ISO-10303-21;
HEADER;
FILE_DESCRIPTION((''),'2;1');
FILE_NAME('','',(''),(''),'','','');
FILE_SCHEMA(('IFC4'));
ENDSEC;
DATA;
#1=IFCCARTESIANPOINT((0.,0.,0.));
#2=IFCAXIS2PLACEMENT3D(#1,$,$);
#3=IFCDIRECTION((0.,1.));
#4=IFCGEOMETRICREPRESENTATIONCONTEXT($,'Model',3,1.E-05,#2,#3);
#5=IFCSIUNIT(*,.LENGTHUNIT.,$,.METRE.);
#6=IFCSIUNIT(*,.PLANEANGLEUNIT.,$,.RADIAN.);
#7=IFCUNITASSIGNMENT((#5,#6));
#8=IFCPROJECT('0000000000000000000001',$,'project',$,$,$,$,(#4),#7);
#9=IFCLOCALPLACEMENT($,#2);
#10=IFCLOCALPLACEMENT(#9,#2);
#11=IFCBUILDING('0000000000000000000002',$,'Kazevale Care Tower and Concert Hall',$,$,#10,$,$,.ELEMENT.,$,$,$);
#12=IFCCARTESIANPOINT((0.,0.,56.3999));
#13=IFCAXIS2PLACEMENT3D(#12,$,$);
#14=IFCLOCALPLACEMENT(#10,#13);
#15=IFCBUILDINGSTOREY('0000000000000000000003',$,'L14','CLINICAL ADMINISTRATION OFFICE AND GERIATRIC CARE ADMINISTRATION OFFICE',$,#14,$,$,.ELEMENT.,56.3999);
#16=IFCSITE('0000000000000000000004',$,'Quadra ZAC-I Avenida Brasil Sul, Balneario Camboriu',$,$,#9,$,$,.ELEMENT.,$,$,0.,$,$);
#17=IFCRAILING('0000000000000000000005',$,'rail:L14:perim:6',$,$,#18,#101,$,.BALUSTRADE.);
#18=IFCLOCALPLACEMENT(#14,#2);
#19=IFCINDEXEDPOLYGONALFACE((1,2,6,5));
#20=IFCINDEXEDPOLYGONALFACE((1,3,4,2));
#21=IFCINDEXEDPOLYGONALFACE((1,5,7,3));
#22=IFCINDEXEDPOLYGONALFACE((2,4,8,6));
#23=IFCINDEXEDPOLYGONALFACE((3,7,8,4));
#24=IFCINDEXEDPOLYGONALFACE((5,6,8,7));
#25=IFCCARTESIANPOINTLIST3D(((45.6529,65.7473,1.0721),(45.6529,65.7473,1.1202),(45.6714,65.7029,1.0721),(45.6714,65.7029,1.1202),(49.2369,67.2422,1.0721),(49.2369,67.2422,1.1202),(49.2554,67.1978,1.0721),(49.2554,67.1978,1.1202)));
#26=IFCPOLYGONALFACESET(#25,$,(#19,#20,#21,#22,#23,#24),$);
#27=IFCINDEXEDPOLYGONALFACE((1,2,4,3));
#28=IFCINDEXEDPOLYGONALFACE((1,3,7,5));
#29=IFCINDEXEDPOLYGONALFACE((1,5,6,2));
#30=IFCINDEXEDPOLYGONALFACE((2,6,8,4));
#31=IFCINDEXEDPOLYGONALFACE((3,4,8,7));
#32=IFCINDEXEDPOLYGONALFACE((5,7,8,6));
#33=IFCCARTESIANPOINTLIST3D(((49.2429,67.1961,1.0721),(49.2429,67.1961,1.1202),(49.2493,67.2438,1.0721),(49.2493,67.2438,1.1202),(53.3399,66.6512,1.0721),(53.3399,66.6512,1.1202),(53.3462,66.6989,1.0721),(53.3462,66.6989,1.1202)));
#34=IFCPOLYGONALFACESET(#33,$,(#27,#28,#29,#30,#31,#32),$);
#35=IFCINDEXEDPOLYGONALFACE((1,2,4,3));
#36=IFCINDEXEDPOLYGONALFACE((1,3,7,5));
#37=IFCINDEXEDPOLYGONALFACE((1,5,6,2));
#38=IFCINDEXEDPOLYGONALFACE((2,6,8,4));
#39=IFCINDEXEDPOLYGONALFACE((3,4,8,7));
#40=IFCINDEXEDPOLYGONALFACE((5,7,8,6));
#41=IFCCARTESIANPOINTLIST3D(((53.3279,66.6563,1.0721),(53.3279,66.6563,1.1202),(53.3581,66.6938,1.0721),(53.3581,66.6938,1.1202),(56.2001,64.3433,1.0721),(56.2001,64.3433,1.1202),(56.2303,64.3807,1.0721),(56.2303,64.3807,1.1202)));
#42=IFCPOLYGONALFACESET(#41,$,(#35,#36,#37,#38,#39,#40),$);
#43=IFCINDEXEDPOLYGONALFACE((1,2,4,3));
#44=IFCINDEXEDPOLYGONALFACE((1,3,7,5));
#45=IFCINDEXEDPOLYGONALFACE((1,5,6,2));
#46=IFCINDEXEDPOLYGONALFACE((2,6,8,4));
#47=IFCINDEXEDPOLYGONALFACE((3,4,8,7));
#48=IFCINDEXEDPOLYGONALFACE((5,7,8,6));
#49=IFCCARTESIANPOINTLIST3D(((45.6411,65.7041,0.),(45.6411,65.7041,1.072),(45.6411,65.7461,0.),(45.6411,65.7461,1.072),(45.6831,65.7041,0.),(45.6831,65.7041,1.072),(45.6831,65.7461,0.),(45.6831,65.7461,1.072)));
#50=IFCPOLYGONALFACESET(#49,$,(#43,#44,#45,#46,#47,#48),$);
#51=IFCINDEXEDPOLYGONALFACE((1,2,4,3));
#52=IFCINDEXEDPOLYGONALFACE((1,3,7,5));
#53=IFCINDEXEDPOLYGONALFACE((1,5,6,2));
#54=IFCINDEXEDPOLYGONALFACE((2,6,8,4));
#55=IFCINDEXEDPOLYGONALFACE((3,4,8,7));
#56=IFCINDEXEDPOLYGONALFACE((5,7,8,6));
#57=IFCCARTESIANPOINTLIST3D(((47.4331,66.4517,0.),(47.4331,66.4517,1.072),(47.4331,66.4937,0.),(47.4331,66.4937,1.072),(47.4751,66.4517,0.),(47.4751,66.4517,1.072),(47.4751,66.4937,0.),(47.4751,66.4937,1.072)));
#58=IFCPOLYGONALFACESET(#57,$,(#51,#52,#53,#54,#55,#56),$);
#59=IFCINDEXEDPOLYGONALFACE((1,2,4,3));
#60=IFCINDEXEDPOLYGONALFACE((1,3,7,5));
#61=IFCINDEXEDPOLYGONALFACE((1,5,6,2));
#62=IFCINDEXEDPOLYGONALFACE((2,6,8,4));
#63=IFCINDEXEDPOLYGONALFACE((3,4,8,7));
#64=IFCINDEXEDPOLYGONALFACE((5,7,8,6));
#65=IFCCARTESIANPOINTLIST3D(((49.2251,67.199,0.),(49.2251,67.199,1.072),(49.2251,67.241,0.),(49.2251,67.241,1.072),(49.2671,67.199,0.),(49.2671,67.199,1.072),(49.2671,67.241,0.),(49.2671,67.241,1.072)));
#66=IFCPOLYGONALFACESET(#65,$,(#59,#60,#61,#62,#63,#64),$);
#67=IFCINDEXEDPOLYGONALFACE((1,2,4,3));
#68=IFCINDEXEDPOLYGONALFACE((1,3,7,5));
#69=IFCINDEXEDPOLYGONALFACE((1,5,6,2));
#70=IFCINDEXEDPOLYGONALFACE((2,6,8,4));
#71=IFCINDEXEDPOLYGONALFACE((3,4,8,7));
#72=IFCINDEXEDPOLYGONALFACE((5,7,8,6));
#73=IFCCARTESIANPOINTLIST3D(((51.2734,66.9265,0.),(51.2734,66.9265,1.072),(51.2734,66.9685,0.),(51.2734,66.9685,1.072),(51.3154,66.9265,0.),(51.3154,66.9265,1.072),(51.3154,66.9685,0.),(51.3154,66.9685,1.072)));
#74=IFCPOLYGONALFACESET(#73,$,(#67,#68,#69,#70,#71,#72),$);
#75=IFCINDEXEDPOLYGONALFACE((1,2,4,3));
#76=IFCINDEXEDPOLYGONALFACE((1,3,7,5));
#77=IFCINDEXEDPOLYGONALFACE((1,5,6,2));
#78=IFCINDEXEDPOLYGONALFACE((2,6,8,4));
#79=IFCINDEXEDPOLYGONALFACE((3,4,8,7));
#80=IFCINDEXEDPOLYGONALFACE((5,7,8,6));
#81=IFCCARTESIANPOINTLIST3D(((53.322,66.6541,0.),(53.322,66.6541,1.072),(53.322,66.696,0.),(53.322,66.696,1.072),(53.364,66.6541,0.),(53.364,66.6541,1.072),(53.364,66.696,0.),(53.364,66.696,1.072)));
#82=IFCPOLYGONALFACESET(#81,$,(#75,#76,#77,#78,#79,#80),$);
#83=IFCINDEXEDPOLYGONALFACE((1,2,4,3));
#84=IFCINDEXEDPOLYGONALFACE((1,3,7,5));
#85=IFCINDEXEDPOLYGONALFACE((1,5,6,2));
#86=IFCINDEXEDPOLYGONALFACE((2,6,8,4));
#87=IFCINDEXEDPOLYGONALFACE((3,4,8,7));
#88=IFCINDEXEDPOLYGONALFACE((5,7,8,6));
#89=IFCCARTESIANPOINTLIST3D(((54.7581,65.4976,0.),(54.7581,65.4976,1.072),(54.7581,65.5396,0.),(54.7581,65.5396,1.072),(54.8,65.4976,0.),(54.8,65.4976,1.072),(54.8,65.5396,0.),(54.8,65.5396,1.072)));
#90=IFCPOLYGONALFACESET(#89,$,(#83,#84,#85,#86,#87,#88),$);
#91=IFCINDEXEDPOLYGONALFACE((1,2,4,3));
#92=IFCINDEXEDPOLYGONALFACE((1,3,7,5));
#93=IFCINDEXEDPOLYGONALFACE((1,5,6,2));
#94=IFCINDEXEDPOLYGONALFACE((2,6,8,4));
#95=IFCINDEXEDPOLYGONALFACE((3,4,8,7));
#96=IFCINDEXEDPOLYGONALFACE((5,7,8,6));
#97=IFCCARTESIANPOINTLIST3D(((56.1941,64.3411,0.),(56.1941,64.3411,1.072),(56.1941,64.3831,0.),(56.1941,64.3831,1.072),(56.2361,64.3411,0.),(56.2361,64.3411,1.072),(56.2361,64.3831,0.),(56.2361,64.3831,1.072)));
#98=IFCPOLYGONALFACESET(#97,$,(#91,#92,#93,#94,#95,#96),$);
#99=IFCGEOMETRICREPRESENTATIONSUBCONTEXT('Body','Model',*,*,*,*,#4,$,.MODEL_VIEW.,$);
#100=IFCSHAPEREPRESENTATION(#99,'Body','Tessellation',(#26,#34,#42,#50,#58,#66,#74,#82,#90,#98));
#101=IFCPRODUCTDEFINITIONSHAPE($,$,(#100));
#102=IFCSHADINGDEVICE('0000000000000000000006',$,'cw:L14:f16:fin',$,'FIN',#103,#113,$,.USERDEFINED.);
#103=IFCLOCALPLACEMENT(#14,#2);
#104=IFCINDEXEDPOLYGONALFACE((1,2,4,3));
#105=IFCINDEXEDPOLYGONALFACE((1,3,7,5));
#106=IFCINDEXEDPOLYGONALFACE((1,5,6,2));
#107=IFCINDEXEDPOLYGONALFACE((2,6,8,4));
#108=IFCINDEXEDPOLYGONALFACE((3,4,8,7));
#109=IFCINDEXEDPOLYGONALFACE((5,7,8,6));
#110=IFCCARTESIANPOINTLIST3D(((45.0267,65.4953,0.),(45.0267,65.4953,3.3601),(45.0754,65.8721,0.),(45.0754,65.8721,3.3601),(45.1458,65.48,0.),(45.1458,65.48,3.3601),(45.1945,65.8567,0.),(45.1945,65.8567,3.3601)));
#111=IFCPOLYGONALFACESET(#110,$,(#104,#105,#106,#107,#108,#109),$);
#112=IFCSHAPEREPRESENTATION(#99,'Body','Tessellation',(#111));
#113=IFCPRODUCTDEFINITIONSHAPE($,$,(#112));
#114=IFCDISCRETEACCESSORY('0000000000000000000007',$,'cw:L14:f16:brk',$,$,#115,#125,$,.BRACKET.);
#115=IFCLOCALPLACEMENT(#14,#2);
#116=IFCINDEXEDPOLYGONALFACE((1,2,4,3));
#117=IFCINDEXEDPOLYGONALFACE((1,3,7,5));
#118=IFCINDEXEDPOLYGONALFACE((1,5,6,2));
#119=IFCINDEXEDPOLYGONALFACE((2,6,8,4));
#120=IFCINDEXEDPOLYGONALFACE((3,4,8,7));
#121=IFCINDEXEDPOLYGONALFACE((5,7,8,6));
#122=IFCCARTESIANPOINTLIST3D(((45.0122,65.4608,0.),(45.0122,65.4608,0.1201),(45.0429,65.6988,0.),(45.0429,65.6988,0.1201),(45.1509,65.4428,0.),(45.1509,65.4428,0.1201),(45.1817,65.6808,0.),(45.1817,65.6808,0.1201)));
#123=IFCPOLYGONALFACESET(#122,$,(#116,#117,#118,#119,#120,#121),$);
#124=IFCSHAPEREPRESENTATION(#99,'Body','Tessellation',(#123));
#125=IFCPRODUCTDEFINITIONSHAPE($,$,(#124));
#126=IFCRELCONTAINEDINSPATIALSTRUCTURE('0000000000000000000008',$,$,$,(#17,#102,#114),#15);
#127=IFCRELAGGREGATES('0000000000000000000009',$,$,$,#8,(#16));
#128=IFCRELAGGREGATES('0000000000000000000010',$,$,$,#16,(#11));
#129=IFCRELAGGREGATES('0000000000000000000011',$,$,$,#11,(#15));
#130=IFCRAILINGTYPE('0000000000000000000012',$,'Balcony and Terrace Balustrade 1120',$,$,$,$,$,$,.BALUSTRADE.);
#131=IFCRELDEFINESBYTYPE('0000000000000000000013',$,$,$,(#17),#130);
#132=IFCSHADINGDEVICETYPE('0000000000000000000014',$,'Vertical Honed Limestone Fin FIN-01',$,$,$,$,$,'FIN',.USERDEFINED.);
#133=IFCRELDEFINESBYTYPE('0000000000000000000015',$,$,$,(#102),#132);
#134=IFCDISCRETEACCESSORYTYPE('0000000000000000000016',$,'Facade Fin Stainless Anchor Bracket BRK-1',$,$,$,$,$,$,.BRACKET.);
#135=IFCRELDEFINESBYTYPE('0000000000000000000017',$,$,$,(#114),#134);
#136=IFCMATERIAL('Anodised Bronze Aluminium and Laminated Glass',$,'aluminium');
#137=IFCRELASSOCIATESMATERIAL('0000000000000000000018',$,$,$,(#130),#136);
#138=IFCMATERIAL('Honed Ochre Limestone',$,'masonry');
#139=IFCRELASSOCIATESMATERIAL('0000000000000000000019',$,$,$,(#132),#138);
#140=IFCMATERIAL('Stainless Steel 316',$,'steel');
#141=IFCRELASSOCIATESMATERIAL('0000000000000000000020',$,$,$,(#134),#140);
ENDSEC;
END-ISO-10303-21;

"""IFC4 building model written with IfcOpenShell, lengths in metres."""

from ifc_helpers import new_model, si_unit, direction, frame, origin, origin_2d, place, context, subcontext, project, spatial, rectangle, extrude, material, type_object, element, save


model = new_model("IFC4")

# Units and contexts
model_context = context("Model", 3, precision=1e-05, world=origin(), true_north=direction((0.0, 1.0)))
body_context = subcontext(model_context, "Body", "Model", "MODEL_VIEW")
ifc_project = project(units=[si_unit("LENGTHUNIT", "METRE"), si_unit("PLANEANGLEUNIT", "RADIAN")], contexts=[model_context])

# Site, building, storey
site_placement = place(None, origin())
site = spatial("IfcSite", under=ifc_project, at=site_placement, Name="Quadra ZAC-I Avenida Brasil Sul, Balneario Camboriu", CompositionType="ELEMENT", RefElevation=0.0)
building_placement = place(site_placement, origin())
building = spatial("IfcBuilding", under=site, at=building_placement, Name="Kazevale Care Tower and Concert Hall", CompositionType="ELEMENT")
storey_placement = place(building_placement, frame((0.0, 0.0, 56.3999)))
storey = spatial("IfcBuildingStorey", under=building, at=storey_placement, Name="L14", Description="CLINICAL ADMINISTRATION OFFICE AND GERIATRIC CARE ADMINISTRATION OFFICE", CompositionType="ELEMENT", Elevation=56.3999)

# Railing
ifc_material_1 = material(Name="Anodised Bronze Aluminium and Laminated Glass", Category="aluminium")
railing_type = type_object("IfcRailingType", Name="Balcony and Terrace Balustrade 1120", PredefinedType="BALUSTRADE", material=ifc_material_1)
railing_placement = place(storey_placement, frame((45.6621, 65.7251, 0.0)))
element("IfcRailing", 1, at=railing_placement, inside=storey, type_object=railing_type, Name="rail:L14:perim:6", PredefinedType="BALUSTRADE", context=body_context, shape_type="SweptSolid", body=[
    extrude(rectangle(XDim=0.0481, YDim=0.0481, at=origin_2d()), frame((0.0, 0.0, 1.0962), z_axis=(0.922935, 0.384955, 0.0), x_axis=(-0.384955, 0.922935, 0.0)), (0.0, 0.0, 1.0), 3.8833),
    extrude(rectangle(XDim=0.0481, YDim=0.0481, at=origin_2d()), frame((3.584, 1.4949, 1.0962), z_axis=(0.99127, -0.131846, 0.0), x_axis=(0.131846, 0.99127, 0.0)), (0.0, 0.0, 1.0), 4.1331),
    extrude(rectangle(XDim=0.0481, YDim=0.0481, at=origin_2d()), frame((7.6809, 0.95, 1.0962), z_axis=(0.778837, -0.627227, 0.0), x_axis=(0.627227, 0.778837, 0.0)), (0.0, 0.0, 1.0), 3.6877),
    extrude(rectangle(XDim=0.042, YDim=0.042, at=origin_2d()), origin(), (0.0, 0.0, 1.0), 1.072),
    extrude(rectangle(XDim=0.042, YDim=0.042, at=origin_2d()), frame((1.792, 0.7476, 0.0)), (0.0, 0.0, 1.0), 1.072),
    extrude(rectangle(XDim=0.042, YDim=0.042, at=origin_2d()), frame((3.584, 1.4949, 0.0)), (0.0, 0.0, 1.0), 1.072),
    extrude(rectangle(XDim=0.042, YDim=0.042, at=origin_2d()), frame((5.6323, 1.2224, 0.0)), (0.0, 0.0, 1.0), 1.072),
    extrude(rectangle(XDim=0.042, YDim=0.042, at=origin_2d()), frame((7.6809, 0.95, 0.0)), (0.0, 0.0, 1.0), 1.072),
    extrude(rectangle(XDim=0.042, YDim=0.042, at=origin_2d()), frame((9.1169, -0.2065, 0.0)), (0.0, 0.0, 1.0), 1.072),
    extrude(rectangle(XDim=0.042, YDim=0.042, at=origin_2d()), frame((10.553, -1.363, 0.0)), (0.0, 0.0, 1.0), 1.072),
])

# Shading device
ifc_material_2 = material(Name="Honed Ochre Limestone", Category="masonry")
shading_device_type = type_object("IfcShadingDeviceType", Name="Vertical Honed Limestone Fin FIN-01", ElementType="FIN", PredefinedType="USERDEFINED", material=ifc_material_2)
shading_device_placement = place(storey_placement, frame((45.1106, 65.676, 0.0), z_axis=(0.0, 0.0, 1.0), x_axis=(0.128103, 0.991761, 0.0)))
element("IfcShadingDevice", 2, at=shading_device_placement, inside=storey, type_object=shading_device_type, Name="cw:L14:f16:fin", ObjectType="FIN", PredefinedType="USERDEFINED", context=body_context, shape_type="SweptSolid", body=[
    extrude(rectangle(XDim=0.3799, YDim=0.1201, at=origin_2d()), origin(), (0.0, 0.0, 1.0), 3.3601),
])

# Discrete accessory
ifc_material_3 = material(Name="Stainless Steel 316", Category="steel")
discrete_accessory_type = type_object("IfcDiscreteAccessoryType", Name="Facade Fin Stainless Anchor Bracket BRK-1", PredefinedType="BRACKET", material=ifc_material_3)
discrete_accessory_placement = place(storey_placement, frame((45.0969, 65.5708, 0.0), z_axis=(0.0, 0.0, 1.0), x_axis=(0.128103, 0.991761, 0.0)))
element("IfcDiscreteAccessory", 3, at=discrete_accessory_placement, inside=storey, type_object=discrete_accessory_type, Name="cw:L14:f16:brk", PredefinedType="BRACKET", context=body_context, shape_type="SweptSolid", body=[
    extrude(rectangle(XDim=0.24, YDim=0.1399, at=origin_2d()), origin(), (0.0, 0.0, 1.0), 0.1201),
])

save(model, "model.ifc")
